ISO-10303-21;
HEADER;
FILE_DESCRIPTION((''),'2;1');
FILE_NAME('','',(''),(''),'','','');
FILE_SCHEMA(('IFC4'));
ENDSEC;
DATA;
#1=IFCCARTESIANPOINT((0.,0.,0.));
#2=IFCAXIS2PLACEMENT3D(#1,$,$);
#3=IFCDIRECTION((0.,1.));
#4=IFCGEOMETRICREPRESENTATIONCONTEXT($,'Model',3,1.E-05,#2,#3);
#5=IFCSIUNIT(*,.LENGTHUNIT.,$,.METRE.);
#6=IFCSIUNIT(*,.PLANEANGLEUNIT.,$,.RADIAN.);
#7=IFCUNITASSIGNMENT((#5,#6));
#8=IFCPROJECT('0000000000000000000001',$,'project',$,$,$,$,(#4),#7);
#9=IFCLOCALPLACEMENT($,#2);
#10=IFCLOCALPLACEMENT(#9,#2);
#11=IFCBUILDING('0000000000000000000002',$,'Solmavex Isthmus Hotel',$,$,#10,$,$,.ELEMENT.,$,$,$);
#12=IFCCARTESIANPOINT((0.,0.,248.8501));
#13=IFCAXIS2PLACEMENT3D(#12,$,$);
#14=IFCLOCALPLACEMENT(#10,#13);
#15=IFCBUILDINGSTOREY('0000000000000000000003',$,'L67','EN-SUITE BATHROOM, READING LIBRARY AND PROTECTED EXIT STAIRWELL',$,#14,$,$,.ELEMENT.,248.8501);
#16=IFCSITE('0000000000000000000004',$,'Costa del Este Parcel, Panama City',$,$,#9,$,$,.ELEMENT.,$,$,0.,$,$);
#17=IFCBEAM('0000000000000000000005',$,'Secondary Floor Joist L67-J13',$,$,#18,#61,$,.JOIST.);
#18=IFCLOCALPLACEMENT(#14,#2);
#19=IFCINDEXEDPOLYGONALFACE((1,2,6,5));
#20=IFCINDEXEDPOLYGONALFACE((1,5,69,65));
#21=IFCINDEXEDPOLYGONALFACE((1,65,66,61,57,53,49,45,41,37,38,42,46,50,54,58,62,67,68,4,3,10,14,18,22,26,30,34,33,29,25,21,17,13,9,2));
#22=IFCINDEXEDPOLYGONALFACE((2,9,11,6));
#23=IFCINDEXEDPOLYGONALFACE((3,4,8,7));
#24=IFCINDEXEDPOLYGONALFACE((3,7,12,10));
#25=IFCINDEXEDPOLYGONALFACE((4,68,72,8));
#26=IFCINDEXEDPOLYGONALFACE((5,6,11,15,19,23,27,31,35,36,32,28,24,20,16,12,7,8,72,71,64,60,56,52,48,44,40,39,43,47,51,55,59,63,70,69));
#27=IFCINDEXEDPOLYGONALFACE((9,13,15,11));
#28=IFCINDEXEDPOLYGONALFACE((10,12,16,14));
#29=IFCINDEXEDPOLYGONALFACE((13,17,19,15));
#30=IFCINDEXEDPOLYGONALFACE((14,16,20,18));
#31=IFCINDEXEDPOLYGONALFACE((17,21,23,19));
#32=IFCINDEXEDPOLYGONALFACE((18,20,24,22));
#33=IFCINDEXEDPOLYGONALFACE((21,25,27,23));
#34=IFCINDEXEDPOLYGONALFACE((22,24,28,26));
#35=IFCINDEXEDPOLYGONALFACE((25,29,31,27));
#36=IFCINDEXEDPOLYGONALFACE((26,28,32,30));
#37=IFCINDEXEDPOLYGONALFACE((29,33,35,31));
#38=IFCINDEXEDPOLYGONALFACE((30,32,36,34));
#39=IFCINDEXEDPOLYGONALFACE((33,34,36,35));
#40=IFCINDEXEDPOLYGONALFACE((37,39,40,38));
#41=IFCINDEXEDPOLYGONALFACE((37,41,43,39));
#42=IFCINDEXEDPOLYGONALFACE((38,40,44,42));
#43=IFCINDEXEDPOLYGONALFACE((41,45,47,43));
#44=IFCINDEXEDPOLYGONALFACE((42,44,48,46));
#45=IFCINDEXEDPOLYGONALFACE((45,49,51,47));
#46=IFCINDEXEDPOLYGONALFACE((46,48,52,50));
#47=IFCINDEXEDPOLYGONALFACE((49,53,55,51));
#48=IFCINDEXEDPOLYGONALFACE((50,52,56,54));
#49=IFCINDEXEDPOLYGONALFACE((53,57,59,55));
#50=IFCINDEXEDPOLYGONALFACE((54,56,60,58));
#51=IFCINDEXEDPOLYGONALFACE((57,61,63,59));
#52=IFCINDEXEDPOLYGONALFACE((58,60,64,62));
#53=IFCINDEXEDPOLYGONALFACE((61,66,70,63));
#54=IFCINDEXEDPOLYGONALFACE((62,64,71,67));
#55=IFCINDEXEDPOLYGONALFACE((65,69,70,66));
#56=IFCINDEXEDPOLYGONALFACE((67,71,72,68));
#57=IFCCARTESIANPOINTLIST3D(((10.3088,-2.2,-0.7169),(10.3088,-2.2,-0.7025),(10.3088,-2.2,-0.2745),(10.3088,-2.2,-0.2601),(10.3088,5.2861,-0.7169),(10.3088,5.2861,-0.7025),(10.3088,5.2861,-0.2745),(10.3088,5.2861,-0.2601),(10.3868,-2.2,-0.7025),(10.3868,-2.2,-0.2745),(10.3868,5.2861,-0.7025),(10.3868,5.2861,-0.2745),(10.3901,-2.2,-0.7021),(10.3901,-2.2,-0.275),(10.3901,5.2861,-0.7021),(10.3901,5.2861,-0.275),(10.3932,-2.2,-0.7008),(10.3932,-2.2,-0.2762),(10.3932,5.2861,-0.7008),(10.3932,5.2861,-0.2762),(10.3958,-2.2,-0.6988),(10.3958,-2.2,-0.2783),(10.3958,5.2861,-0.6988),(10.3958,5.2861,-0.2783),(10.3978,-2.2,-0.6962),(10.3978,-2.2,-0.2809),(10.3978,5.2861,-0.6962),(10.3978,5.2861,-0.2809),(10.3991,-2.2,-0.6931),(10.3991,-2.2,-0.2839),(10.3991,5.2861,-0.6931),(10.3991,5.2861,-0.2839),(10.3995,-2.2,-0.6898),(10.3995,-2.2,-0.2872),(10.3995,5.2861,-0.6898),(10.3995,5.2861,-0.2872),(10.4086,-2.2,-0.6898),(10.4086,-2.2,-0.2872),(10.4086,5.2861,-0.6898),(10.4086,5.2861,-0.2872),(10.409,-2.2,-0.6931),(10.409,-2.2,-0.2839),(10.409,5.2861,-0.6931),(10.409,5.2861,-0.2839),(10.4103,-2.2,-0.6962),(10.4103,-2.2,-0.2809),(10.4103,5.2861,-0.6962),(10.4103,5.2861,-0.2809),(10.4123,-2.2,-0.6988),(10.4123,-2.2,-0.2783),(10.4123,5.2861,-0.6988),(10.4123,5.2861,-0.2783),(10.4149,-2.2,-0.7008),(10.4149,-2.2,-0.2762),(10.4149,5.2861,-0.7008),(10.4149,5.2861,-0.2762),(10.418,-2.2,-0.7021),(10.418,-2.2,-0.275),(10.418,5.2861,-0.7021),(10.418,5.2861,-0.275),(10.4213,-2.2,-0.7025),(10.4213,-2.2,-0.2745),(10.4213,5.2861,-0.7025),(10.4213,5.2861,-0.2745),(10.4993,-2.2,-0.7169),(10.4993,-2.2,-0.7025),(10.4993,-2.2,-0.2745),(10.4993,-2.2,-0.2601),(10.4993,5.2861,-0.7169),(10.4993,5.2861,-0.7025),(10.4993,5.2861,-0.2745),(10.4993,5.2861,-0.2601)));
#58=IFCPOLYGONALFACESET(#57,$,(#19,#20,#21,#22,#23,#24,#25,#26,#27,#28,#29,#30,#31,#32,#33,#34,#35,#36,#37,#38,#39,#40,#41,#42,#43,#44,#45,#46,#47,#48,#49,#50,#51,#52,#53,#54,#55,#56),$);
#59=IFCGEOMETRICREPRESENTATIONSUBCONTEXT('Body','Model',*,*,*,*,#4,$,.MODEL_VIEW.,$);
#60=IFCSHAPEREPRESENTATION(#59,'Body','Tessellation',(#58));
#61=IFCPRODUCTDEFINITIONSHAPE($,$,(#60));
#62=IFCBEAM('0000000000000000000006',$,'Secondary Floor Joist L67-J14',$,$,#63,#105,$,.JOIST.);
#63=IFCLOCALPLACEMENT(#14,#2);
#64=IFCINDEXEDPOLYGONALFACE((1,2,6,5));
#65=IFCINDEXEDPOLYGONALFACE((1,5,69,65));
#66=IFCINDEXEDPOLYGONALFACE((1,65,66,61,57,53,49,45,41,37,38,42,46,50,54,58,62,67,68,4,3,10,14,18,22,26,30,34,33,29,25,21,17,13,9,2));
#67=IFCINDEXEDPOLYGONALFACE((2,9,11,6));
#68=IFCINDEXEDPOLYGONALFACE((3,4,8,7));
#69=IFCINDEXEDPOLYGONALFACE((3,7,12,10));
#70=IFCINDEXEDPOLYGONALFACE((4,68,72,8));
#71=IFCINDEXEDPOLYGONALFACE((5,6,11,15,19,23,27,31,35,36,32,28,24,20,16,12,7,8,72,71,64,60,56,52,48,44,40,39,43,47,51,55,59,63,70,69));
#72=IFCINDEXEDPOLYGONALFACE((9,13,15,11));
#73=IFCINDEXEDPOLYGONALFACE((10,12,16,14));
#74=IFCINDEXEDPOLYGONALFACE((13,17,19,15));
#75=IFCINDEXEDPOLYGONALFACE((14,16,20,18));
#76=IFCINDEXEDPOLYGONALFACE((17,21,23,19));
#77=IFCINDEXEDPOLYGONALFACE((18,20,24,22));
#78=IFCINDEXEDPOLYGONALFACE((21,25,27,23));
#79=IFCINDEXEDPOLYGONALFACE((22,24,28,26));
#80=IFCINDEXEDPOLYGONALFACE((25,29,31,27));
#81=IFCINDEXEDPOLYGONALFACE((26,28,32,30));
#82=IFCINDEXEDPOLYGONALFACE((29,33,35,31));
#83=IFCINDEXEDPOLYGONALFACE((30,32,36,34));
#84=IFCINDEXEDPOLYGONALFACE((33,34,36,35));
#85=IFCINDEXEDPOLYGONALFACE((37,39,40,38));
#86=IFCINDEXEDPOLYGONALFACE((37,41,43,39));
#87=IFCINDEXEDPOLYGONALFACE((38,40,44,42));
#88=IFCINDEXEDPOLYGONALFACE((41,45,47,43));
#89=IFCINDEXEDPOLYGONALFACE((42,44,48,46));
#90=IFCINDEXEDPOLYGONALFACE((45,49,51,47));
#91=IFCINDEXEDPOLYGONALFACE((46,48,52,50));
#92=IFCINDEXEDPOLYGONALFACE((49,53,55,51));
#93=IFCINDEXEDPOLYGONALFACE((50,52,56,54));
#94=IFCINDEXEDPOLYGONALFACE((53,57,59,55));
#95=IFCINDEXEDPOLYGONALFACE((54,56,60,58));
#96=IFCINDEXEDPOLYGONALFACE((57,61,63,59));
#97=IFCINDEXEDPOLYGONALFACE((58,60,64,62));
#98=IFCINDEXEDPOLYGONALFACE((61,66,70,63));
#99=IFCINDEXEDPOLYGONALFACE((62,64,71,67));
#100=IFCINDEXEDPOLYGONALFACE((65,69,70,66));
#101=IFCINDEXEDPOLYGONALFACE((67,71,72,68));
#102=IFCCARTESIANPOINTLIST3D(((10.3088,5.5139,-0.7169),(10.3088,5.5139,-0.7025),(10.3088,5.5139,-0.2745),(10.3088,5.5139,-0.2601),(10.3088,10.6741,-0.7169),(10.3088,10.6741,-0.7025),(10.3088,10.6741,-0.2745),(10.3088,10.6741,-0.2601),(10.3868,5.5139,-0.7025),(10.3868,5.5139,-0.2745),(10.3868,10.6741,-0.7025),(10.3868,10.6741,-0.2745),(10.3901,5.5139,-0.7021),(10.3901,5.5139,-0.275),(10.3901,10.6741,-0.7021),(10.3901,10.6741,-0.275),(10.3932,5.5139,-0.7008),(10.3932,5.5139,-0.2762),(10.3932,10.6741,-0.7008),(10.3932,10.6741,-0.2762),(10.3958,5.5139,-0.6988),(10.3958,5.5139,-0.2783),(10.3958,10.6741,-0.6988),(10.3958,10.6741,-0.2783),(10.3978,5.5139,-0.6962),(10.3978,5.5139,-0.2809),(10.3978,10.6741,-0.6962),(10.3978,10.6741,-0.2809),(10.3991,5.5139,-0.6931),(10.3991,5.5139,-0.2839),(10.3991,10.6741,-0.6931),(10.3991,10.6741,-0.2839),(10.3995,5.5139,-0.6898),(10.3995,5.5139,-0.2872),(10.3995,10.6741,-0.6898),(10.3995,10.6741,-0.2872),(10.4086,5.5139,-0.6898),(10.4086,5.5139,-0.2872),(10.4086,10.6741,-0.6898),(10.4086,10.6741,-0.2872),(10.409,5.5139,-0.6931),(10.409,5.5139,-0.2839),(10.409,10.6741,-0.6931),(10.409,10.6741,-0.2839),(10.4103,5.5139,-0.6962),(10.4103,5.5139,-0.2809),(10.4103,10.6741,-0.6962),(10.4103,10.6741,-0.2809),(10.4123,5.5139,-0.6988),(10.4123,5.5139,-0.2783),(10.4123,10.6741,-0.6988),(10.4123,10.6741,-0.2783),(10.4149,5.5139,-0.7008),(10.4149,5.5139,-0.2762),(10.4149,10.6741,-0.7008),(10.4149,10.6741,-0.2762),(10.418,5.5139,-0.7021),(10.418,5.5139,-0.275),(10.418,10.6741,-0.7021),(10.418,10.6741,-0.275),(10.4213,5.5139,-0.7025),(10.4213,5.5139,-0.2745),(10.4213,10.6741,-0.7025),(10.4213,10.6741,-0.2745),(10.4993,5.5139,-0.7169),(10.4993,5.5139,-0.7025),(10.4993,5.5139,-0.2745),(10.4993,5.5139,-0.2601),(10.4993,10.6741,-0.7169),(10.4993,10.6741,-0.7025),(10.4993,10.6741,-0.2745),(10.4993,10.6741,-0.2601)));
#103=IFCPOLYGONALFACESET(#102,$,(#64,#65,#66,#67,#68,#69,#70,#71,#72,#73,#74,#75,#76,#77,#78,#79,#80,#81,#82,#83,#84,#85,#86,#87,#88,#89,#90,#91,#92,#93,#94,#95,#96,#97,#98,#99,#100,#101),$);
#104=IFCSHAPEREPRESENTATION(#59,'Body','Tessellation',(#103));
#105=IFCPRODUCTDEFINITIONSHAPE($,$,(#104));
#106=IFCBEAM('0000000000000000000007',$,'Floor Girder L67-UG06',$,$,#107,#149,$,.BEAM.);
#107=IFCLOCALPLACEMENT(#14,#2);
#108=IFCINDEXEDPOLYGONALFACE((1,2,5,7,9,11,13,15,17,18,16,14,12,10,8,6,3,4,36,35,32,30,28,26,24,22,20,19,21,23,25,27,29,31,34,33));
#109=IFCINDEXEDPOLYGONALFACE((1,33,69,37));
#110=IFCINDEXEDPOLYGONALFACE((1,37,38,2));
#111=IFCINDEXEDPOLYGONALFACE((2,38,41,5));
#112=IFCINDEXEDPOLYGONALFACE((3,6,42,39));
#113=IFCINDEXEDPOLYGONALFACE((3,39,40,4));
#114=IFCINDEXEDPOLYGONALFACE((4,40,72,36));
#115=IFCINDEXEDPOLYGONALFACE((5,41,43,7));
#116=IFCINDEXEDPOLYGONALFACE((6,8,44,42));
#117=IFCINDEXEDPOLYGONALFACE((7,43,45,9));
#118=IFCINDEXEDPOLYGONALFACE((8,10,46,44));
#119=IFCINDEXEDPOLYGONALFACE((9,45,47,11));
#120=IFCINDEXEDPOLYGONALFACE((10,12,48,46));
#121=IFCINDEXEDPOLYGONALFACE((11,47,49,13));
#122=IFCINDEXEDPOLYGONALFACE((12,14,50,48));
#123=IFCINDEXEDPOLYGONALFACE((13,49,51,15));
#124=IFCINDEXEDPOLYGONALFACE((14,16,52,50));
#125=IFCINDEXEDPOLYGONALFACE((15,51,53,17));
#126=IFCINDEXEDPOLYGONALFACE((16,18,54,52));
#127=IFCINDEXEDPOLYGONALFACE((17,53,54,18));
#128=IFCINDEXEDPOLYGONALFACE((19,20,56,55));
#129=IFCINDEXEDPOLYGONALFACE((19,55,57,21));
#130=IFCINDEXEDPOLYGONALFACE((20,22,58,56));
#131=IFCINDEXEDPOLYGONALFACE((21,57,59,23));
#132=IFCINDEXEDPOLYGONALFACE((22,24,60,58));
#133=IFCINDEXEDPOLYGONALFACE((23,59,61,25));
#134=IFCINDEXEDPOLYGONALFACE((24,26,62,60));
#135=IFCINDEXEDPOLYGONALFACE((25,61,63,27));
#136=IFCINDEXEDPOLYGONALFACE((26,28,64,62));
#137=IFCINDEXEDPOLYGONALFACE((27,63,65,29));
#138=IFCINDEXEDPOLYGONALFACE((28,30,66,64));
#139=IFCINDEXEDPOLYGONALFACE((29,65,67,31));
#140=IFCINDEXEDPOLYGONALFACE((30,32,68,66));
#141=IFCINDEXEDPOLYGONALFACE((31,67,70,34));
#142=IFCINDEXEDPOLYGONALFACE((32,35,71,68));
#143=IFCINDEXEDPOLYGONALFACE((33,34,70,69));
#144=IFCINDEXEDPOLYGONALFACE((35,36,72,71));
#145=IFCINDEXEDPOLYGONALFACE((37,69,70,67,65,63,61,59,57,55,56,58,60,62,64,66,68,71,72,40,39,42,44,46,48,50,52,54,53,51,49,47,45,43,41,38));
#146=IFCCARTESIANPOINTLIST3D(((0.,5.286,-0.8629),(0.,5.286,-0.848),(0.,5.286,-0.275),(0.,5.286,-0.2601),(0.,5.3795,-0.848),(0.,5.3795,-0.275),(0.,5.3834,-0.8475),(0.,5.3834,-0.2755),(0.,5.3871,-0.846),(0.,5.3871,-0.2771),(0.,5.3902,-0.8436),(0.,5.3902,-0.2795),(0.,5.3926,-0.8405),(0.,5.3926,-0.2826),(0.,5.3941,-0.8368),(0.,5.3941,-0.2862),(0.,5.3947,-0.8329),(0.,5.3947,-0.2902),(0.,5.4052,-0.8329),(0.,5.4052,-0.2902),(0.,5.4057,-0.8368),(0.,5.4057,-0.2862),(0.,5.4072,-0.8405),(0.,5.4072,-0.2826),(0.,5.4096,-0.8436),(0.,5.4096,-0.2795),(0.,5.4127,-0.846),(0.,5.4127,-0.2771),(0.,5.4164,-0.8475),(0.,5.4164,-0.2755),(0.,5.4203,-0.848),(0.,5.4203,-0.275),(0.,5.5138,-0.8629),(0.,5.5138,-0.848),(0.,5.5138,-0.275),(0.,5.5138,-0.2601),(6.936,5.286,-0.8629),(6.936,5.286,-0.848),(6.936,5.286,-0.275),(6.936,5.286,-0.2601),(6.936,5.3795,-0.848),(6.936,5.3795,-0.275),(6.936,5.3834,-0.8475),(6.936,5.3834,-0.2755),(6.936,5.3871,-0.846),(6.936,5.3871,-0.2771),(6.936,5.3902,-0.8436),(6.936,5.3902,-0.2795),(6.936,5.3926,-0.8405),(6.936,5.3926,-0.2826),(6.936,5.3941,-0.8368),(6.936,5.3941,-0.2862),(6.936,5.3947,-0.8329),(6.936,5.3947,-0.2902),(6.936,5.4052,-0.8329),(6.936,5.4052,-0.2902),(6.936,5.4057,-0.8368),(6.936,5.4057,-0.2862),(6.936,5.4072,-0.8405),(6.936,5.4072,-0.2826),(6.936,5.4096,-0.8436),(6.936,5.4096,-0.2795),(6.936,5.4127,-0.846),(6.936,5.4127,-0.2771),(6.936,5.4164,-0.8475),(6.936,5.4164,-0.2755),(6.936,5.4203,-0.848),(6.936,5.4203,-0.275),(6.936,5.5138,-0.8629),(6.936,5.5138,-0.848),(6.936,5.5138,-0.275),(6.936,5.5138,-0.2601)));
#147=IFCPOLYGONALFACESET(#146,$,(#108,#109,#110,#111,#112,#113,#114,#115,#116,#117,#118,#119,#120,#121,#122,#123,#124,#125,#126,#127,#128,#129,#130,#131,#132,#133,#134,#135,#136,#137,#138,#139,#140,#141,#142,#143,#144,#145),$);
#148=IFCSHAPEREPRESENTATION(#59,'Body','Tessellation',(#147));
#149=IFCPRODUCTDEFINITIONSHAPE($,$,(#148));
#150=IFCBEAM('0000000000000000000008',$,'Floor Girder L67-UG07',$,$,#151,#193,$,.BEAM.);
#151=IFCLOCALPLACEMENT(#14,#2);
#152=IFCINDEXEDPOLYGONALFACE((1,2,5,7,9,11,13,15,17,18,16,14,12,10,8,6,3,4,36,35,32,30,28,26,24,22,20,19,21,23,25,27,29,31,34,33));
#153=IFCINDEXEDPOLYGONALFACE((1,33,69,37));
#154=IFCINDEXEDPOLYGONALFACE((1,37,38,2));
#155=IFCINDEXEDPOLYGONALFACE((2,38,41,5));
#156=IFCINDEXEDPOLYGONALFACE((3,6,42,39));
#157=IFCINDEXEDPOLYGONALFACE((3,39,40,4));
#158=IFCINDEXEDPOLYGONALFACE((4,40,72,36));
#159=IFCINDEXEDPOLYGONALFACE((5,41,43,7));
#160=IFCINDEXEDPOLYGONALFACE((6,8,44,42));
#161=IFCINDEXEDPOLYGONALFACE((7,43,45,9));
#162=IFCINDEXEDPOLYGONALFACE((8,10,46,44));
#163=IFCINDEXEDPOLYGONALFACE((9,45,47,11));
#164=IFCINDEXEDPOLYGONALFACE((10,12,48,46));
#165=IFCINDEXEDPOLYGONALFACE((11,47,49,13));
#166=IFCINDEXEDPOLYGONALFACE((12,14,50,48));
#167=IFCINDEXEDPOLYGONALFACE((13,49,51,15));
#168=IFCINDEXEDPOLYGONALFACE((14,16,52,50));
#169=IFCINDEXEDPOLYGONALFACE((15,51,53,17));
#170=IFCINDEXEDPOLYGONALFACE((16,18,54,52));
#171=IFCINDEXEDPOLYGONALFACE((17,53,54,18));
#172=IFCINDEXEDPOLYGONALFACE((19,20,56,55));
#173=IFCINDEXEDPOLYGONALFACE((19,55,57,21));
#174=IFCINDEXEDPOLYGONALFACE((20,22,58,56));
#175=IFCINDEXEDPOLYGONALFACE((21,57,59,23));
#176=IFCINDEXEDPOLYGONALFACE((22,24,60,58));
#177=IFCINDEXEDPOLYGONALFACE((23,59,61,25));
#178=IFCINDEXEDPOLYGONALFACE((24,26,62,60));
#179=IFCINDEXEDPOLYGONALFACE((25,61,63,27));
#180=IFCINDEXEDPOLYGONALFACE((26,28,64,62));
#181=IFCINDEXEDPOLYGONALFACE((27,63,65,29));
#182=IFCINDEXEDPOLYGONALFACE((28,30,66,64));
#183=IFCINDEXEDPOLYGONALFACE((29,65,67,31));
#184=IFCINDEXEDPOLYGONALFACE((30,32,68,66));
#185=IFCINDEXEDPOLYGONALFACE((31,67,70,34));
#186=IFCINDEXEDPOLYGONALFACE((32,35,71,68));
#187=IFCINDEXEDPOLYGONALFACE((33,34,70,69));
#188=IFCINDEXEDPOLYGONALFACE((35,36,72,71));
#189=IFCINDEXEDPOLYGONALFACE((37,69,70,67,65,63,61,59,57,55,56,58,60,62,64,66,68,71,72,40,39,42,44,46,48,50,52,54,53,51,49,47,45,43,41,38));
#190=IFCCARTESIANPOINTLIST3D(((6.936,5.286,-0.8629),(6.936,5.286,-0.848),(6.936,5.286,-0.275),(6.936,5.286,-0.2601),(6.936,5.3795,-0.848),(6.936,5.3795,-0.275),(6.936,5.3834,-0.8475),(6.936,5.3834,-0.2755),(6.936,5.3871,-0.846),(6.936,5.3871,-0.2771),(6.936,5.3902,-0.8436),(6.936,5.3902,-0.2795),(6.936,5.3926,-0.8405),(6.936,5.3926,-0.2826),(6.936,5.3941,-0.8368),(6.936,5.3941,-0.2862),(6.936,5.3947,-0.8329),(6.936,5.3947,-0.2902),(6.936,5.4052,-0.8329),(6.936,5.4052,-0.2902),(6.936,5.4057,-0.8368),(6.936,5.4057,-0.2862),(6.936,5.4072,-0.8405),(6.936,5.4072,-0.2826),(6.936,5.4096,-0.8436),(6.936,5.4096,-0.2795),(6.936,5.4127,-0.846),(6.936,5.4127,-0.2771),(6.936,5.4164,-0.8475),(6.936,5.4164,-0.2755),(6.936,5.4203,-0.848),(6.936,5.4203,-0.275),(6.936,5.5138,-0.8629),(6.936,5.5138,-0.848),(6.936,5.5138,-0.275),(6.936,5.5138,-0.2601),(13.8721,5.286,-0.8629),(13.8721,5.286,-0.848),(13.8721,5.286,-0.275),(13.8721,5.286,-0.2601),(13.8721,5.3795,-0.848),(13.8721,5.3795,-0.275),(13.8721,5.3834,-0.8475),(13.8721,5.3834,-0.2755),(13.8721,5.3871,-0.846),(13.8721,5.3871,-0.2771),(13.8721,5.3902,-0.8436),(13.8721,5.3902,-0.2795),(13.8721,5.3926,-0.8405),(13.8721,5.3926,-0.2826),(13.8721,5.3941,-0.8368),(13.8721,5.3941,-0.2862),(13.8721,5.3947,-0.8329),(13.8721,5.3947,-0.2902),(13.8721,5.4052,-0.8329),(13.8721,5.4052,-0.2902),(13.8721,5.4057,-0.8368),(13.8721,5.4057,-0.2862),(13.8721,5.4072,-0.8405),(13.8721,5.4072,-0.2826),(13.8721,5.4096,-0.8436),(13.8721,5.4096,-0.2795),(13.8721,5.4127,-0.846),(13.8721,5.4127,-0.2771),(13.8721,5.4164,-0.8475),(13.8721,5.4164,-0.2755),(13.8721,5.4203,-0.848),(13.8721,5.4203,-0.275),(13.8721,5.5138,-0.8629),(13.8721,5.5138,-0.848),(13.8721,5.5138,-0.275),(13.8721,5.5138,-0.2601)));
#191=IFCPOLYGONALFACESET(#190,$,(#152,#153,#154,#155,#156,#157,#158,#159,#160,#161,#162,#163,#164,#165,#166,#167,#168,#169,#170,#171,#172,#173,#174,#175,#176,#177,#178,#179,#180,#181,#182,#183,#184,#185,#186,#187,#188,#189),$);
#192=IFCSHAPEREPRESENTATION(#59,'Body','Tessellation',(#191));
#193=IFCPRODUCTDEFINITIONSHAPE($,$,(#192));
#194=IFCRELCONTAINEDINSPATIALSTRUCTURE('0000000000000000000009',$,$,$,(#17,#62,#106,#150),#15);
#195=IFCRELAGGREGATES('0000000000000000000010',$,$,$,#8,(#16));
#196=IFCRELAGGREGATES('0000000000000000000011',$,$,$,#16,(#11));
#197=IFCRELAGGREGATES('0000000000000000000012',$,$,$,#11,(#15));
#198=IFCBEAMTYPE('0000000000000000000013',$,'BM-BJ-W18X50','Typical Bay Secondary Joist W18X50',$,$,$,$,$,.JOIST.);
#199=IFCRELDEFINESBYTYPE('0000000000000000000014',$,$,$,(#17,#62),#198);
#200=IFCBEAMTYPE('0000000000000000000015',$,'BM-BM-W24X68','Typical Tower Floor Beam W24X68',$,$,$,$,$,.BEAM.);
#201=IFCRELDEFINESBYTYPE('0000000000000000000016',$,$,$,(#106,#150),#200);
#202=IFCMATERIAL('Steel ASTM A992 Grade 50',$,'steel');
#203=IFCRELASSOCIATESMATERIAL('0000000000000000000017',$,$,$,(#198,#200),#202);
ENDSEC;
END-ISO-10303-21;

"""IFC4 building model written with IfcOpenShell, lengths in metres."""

from ifc_helpers import new_model, si_unit, direction, frame, origin, origin_2d, place, context, subcontext, project, spatial, i_section, extrude, material, material_profile, profile_set, type_object, element, save


model = new_model("IFC4")

# Units and contexts
model_context = context("Model", 3, precision=1e-05, world=origin(), true_north=direction((0.0, 1.0)))
body_context = subcontext(model_context, "Body", "Model", "MODEL_VIEW")
ifc_project = project(units=[si_unit("LENGTHUNIT", "METRE"), si_unit("PLANEANGLEUNIT", "RADIAN")], contexts=[model_context])

# Site, building, storey
site_placement = place(None, origin())
site = spatial("IfcSite", under=ifc_project, at=site_placement, Name="Costa del Este Parcel, Panama City", CompositionType="ELEMENT", RefElevation=0.0)
building_placement = place(site_placement, origin())
building = spatial("IfcBuilding", under=site, at=building_placement, Name="Solmavex Isthmus Hotel", CompositionType="ELEMENT")
storey_placement = place(building_placement, frame((0.0, 0.0, 248.8501)))
storey = spatial("IfcBuildingStorey", under=building, at=storey_placement, Name="L67", Description="EN-SUITE BATHROOM, READING LIBRARY AND PROTECTED EXIT STAIRWELL", CompositionType="ELEMENT", Elevation=248.8501)

# Beams
ifc_material_1 = material(Name="Steel ASTM A992 Grade 50", Category="steel")
ifc_material_profile_1 = material_profile(ifc_material_1, i_section(OverallWidth=0.1904, OverallDepth=0.4568, WebThickness=0.009, FlangeThickness=0.0144, FilletRadius=0.0127, at=origin_2d()), Name="W18X50")
ifc_profile_set_1 = profile_set([ifc_material_profile_1], Name="Steel ASTM A992 Grade 50")
beam_type_1 = type_object("IfcBeamType", Name="BM-BJ-W18X50", Description="Typical Bay Secondary Joist W18X50", PredefinedType="JOIST", material=ifc_profile_set_1)
beam_1_placement = place(storey_placement, frame((10.4041, -2.2, -0.4885), z_axis=(0.0, 1.0, 0.0), x_axis=(-1.0, 0.0, 0.0)))
element("IfcBeam", 1, at=beam_1_placement, inside=storey, type_object=beam_type_1, Name="Secondary Floor Joist L67-J13", PredefinedType="JOIST", context=body_context, shape_type="SweptSolid", body=[
    extrude(i_section(OverallWidth=0.1904, OverallDepth=0.4568, WebThickness=0.009, FlangeThickness=0.0144, FilletRadius=0.0127, at=origin_2d()), origin(), (0.0, 0.0, 1.0), 7.4861),
])
beam_2_placement = place(storey_placement, frame((10.4041, 5.5139, -0.4885), z_axis=(0.0, 1.0, 0.0), x_axis=(-1.0, 0.0, 0.0)))
element("IfcBeam", 2, at=beam_2_placement, inside=storey, type_object=beam_type_1, Name="Secondary Floor Joist L67-J14", PredefinedType="JOIST", context=body_context, shape_type="SweptSolid", body=[
    extrude(i_section(OverallWidth=0.1904, OverallDepth=0.4568, WebThickness=0.009, FlangeThickness=0.0144, FilletRadius=0.0127, at=origin_2d()), origin(), (0.0, 0.0, 1.0), 5.1602),
])
ifc_material_profile_2 = material_profile(ifc_material_1, i_section(OverallWidth=0.2278, OverallDepth=0.6028, WebThickness=0.0105, FlangeThickness=0.0149, FilletRadius=0.0151, at=origin_2d()), Name="W24X68")
ifc_profile_set_2 = profile_set([ifc_material_profile_2], Name="Steel ASTM A992 Grade 50")
beam_type_2 = type_object("IfcBeamType", Name="BM-BM-W24X68", Description="Typical Tower Floor Beam W24X68", PredefinedType="BEAM", material=ifc_profile_set_2)
for number, where, z_axis, x_axis, name in (
    (3, (0.0, 5.3999, -0.5615), (1.0, 0.0, 0.0), (0.0, 1.0, 0.0), "Floor Girder L67-UG06"),
    (4, (6.936, 5.3999, -0.5615), (1.0, 0.0, 0.0), (0.0, 1.0, 0.0), "Floor Girder L67-UG07"),
):
    element("IfcBeam", number, at=place(storey_placement, frame(where, z_axis=z_axis, x_axis=x_axis)), inside=storey, type_object=beam_type_2, Name=name, PredefinedType="BEAM", context=body_context, shape_type="SweptSolid", body=[
        extrude(i_section(OverallWidth=0.2278, OverallDepth=0.6028, WebThickness=0.0105, FlangeThickness=0.0149, FilletRadius=0.0151, at=origin_2d()), origin(), (0.0, 0.0, 1.0), 6.936),
    ])

save(model, "model.ifc")
